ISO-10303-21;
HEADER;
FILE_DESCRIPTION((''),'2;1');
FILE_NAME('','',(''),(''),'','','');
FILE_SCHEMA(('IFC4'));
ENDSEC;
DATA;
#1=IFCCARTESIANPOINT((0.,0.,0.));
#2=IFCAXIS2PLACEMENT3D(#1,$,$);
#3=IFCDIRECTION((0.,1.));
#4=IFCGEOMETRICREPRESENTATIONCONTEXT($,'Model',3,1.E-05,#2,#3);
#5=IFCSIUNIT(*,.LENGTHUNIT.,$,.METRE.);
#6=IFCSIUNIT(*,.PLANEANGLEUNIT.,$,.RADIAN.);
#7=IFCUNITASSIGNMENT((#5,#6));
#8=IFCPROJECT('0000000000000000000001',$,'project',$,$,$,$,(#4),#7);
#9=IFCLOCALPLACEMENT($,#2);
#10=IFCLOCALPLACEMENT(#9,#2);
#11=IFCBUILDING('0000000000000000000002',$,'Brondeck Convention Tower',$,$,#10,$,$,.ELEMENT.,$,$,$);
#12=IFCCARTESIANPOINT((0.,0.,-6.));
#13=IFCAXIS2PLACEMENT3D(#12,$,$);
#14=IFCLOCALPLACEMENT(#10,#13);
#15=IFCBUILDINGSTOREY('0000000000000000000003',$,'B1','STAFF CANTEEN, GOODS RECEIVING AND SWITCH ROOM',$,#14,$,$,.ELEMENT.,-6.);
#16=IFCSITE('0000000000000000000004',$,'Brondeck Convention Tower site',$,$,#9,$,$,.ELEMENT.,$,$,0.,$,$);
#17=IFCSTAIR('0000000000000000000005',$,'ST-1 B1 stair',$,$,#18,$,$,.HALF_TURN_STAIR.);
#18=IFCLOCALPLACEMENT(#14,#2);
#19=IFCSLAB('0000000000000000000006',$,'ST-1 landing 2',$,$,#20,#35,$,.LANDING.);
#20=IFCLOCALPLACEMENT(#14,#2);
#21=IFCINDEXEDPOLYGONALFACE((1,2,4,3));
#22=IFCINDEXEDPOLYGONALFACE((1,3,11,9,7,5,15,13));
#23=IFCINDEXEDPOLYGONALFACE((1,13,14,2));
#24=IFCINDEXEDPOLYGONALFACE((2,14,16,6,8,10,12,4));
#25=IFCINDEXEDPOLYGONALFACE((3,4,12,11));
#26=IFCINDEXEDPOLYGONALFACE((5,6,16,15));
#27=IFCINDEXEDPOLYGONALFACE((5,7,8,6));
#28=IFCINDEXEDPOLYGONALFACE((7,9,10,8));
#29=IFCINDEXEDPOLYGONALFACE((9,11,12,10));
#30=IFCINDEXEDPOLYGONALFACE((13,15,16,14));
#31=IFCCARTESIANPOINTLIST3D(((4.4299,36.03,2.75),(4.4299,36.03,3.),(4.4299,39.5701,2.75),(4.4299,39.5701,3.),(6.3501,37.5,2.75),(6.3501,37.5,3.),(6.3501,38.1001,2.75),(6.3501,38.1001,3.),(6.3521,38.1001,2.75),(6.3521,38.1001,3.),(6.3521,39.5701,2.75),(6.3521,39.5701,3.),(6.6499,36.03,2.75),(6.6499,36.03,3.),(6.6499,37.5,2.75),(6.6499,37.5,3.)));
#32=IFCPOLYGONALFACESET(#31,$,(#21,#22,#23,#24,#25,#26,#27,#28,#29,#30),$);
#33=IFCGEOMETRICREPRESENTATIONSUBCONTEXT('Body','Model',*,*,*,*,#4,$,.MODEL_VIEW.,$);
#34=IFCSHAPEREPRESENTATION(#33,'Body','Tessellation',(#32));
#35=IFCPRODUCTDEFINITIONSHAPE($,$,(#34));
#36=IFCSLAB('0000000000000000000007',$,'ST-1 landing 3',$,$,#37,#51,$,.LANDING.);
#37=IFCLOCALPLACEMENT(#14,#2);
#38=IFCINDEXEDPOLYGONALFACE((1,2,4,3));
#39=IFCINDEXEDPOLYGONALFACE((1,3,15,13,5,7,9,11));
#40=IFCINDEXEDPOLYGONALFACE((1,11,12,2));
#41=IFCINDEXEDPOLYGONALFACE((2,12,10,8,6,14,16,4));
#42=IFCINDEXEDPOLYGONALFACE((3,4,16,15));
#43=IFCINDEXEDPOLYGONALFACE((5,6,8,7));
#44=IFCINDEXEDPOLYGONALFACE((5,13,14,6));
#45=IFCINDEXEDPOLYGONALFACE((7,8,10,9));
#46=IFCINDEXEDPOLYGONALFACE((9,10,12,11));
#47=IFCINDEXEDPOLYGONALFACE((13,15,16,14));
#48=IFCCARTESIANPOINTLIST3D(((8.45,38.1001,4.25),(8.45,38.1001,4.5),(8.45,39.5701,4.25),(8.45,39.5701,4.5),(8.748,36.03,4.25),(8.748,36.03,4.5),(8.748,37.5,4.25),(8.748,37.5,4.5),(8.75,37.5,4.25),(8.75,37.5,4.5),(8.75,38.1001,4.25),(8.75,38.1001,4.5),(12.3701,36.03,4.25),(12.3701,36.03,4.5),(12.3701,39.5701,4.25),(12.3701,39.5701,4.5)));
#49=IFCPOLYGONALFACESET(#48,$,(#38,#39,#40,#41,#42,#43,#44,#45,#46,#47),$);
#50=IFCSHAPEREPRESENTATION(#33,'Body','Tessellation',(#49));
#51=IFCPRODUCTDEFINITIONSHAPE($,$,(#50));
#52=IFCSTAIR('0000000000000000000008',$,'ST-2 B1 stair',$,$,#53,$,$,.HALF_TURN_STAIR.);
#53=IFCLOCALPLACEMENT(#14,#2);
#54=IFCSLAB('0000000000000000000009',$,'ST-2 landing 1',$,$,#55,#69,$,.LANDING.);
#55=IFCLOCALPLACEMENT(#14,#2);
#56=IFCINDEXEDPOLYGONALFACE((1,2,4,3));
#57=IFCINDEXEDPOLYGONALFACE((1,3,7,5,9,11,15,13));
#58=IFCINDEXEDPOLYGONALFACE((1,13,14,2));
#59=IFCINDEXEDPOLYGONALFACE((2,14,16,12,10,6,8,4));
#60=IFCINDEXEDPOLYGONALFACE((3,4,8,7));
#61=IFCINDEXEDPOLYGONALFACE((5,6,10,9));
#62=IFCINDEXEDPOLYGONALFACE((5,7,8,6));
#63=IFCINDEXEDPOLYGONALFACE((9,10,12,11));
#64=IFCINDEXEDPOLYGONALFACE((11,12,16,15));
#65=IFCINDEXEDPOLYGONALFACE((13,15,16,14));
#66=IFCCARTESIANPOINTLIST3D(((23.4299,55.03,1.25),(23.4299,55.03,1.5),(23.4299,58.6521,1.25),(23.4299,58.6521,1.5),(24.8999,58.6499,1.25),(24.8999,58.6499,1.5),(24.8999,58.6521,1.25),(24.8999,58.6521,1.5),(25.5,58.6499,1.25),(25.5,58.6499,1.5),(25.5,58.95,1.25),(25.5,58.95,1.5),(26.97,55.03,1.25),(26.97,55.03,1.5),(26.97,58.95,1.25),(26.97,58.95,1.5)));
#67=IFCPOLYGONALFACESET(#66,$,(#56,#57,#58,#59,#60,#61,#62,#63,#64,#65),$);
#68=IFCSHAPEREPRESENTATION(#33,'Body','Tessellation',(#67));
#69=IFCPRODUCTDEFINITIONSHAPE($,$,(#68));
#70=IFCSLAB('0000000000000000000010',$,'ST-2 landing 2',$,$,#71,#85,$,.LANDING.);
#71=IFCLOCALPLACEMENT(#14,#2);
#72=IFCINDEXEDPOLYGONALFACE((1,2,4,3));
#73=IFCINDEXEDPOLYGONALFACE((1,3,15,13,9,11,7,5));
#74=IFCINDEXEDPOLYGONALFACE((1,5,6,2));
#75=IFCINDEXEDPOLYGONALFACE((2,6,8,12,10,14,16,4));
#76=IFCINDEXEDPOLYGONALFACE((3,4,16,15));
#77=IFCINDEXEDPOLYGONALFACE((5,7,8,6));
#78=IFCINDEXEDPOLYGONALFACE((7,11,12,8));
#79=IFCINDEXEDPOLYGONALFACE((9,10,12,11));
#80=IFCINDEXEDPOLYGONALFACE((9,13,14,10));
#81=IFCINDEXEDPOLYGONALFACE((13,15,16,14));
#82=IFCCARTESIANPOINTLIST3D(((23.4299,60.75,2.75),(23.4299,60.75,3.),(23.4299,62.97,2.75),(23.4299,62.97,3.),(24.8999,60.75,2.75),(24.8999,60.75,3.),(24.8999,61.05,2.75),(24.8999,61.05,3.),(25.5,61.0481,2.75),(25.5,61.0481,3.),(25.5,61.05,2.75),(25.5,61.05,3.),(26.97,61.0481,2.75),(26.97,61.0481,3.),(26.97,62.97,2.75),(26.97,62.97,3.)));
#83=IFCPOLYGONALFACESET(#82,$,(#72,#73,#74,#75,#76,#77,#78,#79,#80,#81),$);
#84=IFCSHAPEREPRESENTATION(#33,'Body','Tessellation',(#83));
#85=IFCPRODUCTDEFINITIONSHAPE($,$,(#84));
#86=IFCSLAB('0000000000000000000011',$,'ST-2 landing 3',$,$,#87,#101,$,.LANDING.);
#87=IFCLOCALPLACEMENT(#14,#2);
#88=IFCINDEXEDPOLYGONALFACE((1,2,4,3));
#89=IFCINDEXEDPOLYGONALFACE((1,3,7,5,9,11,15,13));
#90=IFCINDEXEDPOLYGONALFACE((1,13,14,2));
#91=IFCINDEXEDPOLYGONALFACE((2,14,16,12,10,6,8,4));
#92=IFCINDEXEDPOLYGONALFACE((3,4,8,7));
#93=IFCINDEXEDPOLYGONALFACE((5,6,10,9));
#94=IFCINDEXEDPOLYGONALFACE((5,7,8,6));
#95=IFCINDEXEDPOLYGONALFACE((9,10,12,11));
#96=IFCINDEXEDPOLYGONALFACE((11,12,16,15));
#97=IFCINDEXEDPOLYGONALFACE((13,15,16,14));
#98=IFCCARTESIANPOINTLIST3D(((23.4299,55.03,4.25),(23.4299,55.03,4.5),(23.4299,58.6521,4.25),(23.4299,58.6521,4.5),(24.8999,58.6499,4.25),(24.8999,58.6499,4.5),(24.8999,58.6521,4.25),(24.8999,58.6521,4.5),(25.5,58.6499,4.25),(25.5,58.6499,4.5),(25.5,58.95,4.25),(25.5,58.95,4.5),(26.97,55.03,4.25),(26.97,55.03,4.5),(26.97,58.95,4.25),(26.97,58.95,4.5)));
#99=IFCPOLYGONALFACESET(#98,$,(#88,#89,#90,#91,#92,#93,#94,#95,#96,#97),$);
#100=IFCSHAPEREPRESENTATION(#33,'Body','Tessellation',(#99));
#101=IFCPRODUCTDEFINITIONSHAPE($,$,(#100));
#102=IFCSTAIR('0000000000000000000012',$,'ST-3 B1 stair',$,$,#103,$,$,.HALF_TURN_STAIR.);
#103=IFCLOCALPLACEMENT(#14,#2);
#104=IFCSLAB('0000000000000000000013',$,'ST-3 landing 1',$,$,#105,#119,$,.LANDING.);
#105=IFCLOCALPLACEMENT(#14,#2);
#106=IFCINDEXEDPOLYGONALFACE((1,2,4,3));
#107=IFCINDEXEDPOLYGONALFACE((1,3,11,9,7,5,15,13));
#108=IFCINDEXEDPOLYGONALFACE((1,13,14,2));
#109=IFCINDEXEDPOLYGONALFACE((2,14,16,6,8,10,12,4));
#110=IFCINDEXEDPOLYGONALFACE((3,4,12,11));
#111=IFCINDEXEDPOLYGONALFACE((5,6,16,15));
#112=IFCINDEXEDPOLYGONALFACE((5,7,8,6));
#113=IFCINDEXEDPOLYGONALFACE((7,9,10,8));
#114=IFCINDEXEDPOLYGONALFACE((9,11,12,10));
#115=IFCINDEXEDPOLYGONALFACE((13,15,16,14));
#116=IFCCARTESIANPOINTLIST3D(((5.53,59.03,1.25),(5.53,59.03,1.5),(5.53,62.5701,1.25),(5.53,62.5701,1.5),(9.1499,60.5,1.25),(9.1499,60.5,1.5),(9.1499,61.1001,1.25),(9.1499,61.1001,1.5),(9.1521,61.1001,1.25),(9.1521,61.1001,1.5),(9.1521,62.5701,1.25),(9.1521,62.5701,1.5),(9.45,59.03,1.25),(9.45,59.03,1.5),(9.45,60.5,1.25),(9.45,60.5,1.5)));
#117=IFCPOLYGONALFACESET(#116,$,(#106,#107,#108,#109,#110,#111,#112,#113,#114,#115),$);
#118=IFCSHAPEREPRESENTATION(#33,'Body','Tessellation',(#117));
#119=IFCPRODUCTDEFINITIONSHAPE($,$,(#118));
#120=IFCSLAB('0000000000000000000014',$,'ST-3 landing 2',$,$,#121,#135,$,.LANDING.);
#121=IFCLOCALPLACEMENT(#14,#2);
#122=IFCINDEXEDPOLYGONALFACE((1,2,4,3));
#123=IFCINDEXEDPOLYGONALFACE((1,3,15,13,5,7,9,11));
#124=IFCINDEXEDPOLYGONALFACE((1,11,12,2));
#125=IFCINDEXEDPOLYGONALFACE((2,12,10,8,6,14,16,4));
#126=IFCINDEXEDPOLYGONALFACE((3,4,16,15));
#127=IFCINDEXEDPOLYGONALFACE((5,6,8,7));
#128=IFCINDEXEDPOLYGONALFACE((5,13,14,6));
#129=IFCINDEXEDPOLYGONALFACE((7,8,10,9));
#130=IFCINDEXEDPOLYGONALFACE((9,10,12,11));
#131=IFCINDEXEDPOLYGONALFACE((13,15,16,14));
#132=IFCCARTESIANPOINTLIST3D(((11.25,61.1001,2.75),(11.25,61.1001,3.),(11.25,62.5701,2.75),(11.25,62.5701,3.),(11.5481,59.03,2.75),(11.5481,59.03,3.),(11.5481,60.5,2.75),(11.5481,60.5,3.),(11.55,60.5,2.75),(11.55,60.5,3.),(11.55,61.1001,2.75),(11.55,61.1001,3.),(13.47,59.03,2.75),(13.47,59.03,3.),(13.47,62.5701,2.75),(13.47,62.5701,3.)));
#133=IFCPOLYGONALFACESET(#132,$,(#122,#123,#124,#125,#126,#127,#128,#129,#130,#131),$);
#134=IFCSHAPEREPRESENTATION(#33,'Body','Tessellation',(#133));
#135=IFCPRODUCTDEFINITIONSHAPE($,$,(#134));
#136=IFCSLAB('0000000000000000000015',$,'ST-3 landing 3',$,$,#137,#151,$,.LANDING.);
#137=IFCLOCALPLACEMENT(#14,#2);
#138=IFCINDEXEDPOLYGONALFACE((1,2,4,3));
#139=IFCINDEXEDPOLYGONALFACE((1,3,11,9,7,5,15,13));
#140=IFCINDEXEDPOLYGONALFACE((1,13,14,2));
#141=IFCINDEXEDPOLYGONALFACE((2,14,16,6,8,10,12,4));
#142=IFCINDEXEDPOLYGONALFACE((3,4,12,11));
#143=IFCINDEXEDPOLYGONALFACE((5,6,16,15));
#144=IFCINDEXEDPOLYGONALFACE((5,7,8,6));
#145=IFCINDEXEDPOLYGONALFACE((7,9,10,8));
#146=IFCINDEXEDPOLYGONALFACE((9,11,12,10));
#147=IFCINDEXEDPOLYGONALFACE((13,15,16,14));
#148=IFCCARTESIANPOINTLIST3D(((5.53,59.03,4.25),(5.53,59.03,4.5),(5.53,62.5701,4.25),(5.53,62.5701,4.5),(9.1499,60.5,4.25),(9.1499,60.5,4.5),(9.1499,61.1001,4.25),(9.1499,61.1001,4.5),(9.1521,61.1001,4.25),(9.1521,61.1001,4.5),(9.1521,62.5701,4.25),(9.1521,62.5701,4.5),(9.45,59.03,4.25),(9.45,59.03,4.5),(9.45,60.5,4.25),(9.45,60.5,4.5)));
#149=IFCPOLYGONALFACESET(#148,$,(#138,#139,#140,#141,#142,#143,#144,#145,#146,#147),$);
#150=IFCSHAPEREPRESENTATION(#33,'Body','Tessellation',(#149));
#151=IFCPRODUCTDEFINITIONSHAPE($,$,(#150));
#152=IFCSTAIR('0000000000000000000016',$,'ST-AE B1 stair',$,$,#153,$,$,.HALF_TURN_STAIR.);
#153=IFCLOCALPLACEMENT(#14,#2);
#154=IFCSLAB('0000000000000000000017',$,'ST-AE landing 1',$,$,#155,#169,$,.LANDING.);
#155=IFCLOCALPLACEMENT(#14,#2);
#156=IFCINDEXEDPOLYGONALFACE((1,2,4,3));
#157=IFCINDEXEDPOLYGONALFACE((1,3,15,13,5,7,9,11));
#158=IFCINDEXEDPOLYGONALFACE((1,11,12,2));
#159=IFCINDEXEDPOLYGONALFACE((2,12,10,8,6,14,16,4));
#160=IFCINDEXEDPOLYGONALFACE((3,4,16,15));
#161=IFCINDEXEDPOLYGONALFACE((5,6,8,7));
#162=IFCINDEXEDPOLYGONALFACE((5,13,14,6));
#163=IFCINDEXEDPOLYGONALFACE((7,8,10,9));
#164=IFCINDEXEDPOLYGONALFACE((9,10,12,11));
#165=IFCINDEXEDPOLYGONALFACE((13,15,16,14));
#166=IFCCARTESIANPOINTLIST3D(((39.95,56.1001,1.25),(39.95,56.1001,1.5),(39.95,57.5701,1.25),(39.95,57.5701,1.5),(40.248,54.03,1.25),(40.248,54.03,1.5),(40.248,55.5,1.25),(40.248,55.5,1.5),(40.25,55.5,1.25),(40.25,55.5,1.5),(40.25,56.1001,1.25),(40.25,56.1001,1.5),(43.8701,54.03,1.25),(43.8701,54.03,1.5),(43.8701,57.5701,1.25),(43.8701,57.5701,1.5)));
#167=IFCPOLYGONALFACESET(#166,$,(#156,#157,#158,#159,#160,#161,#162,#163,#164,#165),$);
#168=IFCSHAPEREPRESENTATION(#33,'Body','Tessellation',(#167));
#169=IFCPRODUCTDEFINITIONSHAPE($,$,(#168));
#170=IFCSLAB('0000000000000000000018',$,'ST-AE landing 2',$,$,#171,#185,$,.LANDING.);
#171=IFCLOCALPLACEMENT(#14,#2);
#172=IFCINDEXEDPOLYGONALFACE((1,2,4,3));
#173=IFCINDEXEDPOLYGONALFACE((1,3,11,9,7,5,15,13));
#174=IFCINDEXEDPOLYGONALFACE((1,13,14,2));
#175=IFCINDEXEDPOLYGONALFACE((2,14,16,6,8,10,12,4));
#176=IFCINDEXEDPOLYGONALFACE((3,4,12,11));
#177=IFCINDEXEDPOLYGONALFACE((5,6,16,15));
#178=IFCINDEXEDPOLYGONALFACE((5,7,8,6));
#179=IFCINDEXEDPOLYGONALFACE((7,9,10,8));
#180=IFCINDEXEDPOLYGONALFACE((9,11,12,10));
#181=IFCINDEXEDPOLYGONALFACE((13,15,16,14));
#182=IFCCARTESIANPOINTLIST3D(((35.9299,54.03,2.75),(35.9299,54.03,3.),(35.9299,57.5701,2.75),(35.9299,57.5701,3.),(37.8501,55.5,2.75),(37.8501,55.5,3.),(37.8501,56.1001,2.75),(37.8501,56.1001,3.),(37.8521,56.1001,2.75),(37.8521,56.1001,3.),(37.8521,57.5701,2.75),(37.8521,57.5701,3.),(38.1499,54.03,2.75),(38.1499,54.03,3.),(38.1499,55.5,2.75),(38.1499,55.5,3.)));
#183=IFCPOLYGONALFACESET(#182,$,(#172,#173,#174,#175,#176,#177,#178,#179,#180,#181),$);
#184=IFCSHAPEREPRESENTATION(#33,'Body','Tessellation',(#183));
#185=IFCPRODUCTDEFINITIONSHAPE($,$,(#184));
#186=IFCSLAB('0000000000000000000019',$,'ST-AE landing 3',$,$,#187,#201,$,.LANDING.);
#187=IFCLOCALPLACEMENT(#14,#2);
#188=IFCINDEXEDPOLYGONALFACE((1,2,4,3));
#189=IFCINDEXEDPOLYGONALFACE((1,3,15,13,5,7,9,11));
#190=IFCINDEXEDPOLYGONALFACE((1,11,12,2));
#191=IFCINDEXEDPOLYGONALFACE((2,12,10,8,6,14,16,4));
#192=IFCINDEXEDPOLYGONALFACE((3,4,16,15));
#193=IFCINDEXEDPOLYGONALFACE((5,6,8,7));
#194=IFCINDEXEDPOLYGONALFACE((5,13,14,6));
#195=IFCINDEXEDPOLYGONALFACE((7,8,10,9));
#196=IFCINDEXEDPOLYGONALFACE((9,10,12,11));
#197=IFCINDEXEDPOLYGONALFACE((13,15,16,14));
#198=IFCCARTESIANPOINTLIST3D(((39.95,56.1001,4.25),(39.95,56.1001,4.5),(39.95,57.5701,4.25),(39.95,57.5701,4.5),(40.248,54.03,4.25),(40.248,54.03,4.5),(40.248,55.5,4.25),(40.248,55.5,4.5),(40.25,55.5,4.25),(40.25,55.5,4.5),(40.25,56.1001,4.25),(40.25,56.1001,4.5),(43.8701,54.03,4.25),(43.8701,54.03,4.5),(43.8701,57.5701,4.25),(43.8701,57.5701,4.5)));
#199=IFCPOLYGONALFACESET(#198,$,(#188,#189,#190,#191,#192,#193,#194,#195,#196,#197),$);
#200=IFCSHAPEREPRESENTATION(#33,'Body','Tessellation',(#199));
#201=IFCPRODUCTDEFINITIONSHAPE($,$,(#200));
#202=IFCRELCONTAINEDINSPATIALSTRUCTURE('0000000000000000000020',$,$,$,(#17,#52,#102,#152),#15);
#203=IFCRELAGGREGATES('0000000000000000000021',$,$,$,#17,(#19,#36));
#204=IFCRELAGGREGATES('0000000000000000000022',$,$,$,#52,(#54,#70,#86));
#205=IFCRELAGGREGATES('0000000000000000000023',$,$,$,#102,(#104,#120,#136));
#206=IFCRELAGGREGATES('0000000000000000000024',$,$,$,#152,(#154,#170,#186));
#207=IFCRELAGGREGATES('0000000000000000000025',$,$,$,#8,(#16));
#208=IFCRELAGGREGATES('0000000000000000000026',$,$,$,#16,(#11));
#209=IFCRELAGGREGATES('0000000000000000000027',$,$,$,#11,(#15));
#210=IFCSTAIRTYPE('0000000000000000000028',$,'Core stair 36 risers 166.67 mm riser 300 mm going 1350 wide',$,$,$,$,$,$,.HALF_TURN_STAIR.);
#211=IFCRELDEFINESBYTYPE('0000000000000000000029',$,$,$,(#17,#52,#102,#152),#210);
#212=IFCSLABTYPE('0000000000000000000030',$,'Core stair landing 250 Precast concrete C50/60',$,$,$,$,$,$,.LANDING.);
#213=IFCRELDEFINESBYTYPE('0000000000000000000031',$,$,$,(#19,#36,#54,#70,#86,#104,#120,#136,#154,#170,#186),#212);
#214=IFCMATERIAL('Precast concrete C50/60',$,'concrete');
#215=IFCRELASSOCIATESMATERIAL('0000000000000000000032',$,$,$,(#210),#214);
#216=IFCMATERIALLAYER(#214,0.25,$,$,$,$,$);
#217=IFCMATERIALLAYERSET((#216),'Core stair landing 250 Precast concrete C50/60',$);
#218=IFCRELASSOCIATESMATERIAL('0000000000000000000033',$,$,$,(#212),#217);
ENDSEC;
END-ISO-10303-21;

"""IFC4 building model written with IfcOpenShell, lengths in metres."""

from ifc_helpers import new_model, si_unit, direction, frame, origin, place, context, subcontext, project, spatial, polyline, outline, extrude, material, layer, layer_set, type_object, element, aggregate, save


model = new_model("IFC4")

# Units and contexts
model_context = context("Model", 3, precision=1e-05, world=origin(), true_north=direction((0.0, 1.0)))
body_context = subcontext(model_context, "Body", "Model", "MODEL_VIEW")
ifc_project = project(units=[si_unit("LENGTHUNIT", "METRE"), si_unit("PLANEANGLEUNIT", "RADIAN")], contexts=[model_context])

# Site, building, storey
site_placement = place(None, origin())
site = spatial("IfcSite", under=ifc_project, at=site_placement, Name="Brondeck Convention Tower site", CompositionType="ELEMENT", RefElevation=0.0)
building_placement = place(site_placement, origin())
building = spatial("IfcBuilding", under=site, at=building_placement, Name="Brondeck Convention Tower", CompositionType="ELEMENT")
storey_placement = place(building_placement, frame((0.0, 0.0, -6.0)))
storey = spatial("IfcBuildingStorey", under=building, at=storey_placement, Name="B1", Description="STAFF CANTEEN, GOODS RECEIVING AND SWITCH ROOM", CompositionType="ELEMENT", Elevation=-6.0)

# Stairs, slabs
ifc_material_1 = material(Name="Precast concrete C50/60", Category="concrete")
stair_type_1 = type_object("IfcStairType", Name="Core stair 36 risers 166.67 mm riser 300 mm going 1350 wide", PredefinedType="HALF_TURN_STAIR", material=ifc_material_1)
stair_1_placement = place(storey_placement, origin())
stair_1 = element("IfcStair", 1, at=stair_1_placement, inside=storey, type_object=stair_type_1, Name="ST-1 B1 stair", PredefinedType="HALF_TURN_STAIR")
ifc_layer_1 = layer(ifc_material_1, 0.25)
ifc_layer_set_1 = layer_set([ifc_layer_1], Name="Core stair landing 250 Precast concrete C50/60")
slab_type_1 = type_object("IfcSlabType", Name="Core stair landing 250 Precast concrete C50/60", PredefinedType="LANDING", material=ifc_layer_set_1)
slab_1_placement = place(storey_placement, frame((0.0, 0.0, 2.75)))
slab_1 = element("IfcSlab", 2, at=slab_1_placement, type_object=slab_type_1, Name="ST-1 landing 2", PredefinedType="LANDING", context=body_context, shape_type="SweptSolid", body=[
    extrude(outline(polyline([(6.6499, 37.5), (6.6499, 36.03), (4.4299, 36.03), (4.4299, 39.5701), (6.3521, 39.5701), (6.3521, 38.1001), (6.3501, 38.1001), (6.3501, 37.5), (6.6499, 37.5)])), origin(), (0.0, 0.0, 1.0), 0.25),
])
slab_2_placement = place(storey_placement, frame((0.0, 0.0, 4.25)))
slab_2 = element("IfcSlab", 3, at=slab_2_placement, type_object=slab_type_1, Name="ST-1 landing 3", PredefinedType="LANDING", context=body_context, shape_type="SweptSolid", body=[
    extrude(outline(polyline([(8.748, 37.5), (8.75, 37.5), (8.75, 38.1001), (8.45, 38.1001), (8.45, 39.5701), (12.3701, 39.5701), (12.3701, 36.03), (8.748, 36.03), (8.748, 37.5)])), origin(), (0.0, 0.0, 1.0), 0.25),
])
aggregate(stair_1, [slab_1, slab_2])
stair_2_placement = place(storey_placement, origin())
stair_2 = element("IfcStair", 4, at=stair_2_placement, inside=storey, type_object=stair_type_1, Name="ST-2 B1 stair", PredefinedType="HALF_TURN_STAIR")
slab_3_placement = place(storey_placement, frame((0.0, 0.0, 1.25)))
slab_3 = element("IfcSlab", 5, at=slab_3_placement, type_object=slab_type_1, Name="ST-2 landing 1", PredefinedType="LANDING", context=body_context, shape_type="SweptSolid", body=[
    extrude(outline(polyline([(23.4299, 58.6521), (24.8999, 58.6521), (24.8999, 58.6499), (25.5, 58.6499), (25.5, 58.95), (26.97, 58.95), (26.97, 55.03), (23.4299, 55.03), (23.4299, 58.6521)])), origin(), (0.0, 0.0, 1.0), 0.25),
])
slab_4_placement = place(storey_placement, frame((0.0, 0.0, 2.75)))
slab_4 = element("IfcSlab", 6, at=slab_4_placement, type_object=slab_type_1, Name="ST-2 landing 2", PredefinedType="LANDING", context=body_context, shape_type="SweptSolid", body=[
    extrude(outline(polyline([(23.4299, 62.97), (26.97, 62.97), (26.97, 61.0481), (25.5, 61.0481), (25.5, 61.05), (24.8999, 61.05), (24.8999, 60.75), (23.4299, 60.75), (23.4299, 62.97)])), origin(), (0.0, 0.0, 1.0), 0.25),
])
slab_5_placement = place(storey_placement, frame((0.0, 0.0, 4.25)))
slab_5 = element("IfcSlab", 7, at=slab_5_placement, type_object=slab_type_1, Name="ST-2 landing 3", PredefinedType="LANDING", context=body_context, shape_type="SweptSolid", body=[
    extrude(outline(polyline([(23.4299, 58.6521), (24.8999, 58.6521), (24.8999, 58.6499), (25.5, 58.6499), (25.5, 58.95), (26.97, 58.95), (26.97, 55.03), (23.4299, 55.03), (23.4299, 58.6521)])), origin(), (0.0, 0.0, 1.0), 0.25),
])
aggregate(stair_2, [slab_3, slab_4, slab_5])
stair_3_placement = place(storey_placement, origin())
stair_3 = element("IfcStair", 8, at=stair_3_placement, inside=storey, type_object=stair_type_1, Name="ST-3 B1 stair", PredefinedType="HALF_TURN_STAIR")
slab_6_placement = place(storey_placement, frame((0.0, 0.0, 1.25)))
slab_6 = element("IfcSlab", 9, at=slab_6_placement, type_object=slab_type_1, Name="ST-3 landing 1", PredefinedType="LANDING", context=body_context, shape_type="SweptSolid", body=[
    extrude(outline(polyline([(9.45, 60.5), (9.45, 59.03), (5.53, 59.03), (5.53, 62.5701), (9.1521, 62.5701), (9.1521, 61.1001), (9.1499, 61.1001), (9.1499, 60.5), (9.45, 60.5)])), origin(), (0.0, 0.0, 1.0), 0.25),
])
slab_7_placement = place(storey_placement, frame((0.0, 0.0, 2.75)))
slab_7 = element("IfcSlab", 10, at=slab_7_placement, type_object=slab_type_1, Name="ST-3 landing 2", PredefinedType="LANDING", context=body_context, shape_type="SweptSolid", body=[
    extrude(outline(polyline([(11.5481, 60.5), (11.55, 60.5), (11.55, 61.1001), (11.25, 61.1001), (11.25, 62.5701), (13.47, 62.5701), (13.47, 59.03), (11.5481, 59.03), (11.5481, 60.5)])), origin(), (0.0, 0.0, 1.0), 0.25),
])
slab_8_placement = place(storey_placement, frame((0.0, 0.0, 4.25)))
slab_8 = element("IfcSlab", 11, at=slab_8_placement, type_object=slab_type_1, Name="ST-3 landing 3", PredefinedType="LANDING", context=body_context, shape_type="SweptSolid", body=[
    extrude(outline(polyline([(9.45, 60.5), (9.45, 59.03), (5.53, 59.03), (5.53, 62.5701), (9.1521, 62.5701), (9.1521, 61.1001), (9.1499, 61.1001), (9.1499, 60.5), (9.45, 60.5)])), origin(), (0.0, 0.0, 1.0), 0.25),
])
aggregate(stair_3, [slab_6, slab_7, slab_8])
stair_4_placement = place(storey_placement, origin())
stair_4 = element("IfcStair", 12, at=stair_4_placement, inside=storey, type_object=stair_type_1, Name="ST-AE B1 stair", PredefinedType="HALF_TURN_STAIR")
slab_9_placement = place(storey_placement, frame((0.0, 0.0, 1.25)))
slab_9 = element("IfcSlab", 13, at=slab_9_placement, type_object=slab_type_1, Name="ST-AE landing 1", PredefinedType="LANDING", context=body_context, shape_type="SweptSolid", body=[
    extrude(outline(polyline([(40.248, 55.5), (40.25, 55.5), (40.25, 56.1001), (39.95, 56.1001), (39.95, 57.5701), (43.8701, 57.5701), (43.8701, 54.03), (40.248, 54.03), (40.248, 55.5)])), origin(), (0.0, 0.0, 1.0), 0.25),
])
slab_10_placement = place(storey_placement, frame((0.0, 0.0, 2.75)))
slab_10 = element("IfcSlab", 14, at=slab_10_placement, type_object=slab_type_1, Name="ST-AE landing 2", PredefinedType="LANDING", context=body_context, shape_type="SweptSolid", body=[
    extrude(outline(polyline([(38.1499, 55.5), (38.1499, 54.03), (35.9299, 54.03), (35.9299, 57.5701), (37.8521, 57.5701), (37.8521, 56.1001), (37.8501, 56.1001), (37.8501, 55.5), (38.1499, 55.5)])), origin(), (0.0, 0.0, 1.0), 0.25),
])
slab_11_placement = place(storey_placement, frame((0.0, 0.0, 4.25)))
slab_11 = element("IfcSlab", 15, at=slab_11_placement, type_object=slab_type_1, Name="ST-AE landing 3", PredefinedType="LANDING", context=body_context, shape_type="SweptSolid", body=[
    extrude(outline(polyline([(40.248, 55.5), (40.25, 55.5), (40.25, 56.1001), (39.95, 56.1001), (39.95, 57.5701), (43.8701, 57.5701), (43.8701, 54.03), (40.248, 54.03), (40.248, 55.5)])), origin(), (0.0, 0.0, 1.0), 0.25),
])
aggregate(stair_4, [slab_9, slab_10, slab_11])

save(model, "model.ifc")
